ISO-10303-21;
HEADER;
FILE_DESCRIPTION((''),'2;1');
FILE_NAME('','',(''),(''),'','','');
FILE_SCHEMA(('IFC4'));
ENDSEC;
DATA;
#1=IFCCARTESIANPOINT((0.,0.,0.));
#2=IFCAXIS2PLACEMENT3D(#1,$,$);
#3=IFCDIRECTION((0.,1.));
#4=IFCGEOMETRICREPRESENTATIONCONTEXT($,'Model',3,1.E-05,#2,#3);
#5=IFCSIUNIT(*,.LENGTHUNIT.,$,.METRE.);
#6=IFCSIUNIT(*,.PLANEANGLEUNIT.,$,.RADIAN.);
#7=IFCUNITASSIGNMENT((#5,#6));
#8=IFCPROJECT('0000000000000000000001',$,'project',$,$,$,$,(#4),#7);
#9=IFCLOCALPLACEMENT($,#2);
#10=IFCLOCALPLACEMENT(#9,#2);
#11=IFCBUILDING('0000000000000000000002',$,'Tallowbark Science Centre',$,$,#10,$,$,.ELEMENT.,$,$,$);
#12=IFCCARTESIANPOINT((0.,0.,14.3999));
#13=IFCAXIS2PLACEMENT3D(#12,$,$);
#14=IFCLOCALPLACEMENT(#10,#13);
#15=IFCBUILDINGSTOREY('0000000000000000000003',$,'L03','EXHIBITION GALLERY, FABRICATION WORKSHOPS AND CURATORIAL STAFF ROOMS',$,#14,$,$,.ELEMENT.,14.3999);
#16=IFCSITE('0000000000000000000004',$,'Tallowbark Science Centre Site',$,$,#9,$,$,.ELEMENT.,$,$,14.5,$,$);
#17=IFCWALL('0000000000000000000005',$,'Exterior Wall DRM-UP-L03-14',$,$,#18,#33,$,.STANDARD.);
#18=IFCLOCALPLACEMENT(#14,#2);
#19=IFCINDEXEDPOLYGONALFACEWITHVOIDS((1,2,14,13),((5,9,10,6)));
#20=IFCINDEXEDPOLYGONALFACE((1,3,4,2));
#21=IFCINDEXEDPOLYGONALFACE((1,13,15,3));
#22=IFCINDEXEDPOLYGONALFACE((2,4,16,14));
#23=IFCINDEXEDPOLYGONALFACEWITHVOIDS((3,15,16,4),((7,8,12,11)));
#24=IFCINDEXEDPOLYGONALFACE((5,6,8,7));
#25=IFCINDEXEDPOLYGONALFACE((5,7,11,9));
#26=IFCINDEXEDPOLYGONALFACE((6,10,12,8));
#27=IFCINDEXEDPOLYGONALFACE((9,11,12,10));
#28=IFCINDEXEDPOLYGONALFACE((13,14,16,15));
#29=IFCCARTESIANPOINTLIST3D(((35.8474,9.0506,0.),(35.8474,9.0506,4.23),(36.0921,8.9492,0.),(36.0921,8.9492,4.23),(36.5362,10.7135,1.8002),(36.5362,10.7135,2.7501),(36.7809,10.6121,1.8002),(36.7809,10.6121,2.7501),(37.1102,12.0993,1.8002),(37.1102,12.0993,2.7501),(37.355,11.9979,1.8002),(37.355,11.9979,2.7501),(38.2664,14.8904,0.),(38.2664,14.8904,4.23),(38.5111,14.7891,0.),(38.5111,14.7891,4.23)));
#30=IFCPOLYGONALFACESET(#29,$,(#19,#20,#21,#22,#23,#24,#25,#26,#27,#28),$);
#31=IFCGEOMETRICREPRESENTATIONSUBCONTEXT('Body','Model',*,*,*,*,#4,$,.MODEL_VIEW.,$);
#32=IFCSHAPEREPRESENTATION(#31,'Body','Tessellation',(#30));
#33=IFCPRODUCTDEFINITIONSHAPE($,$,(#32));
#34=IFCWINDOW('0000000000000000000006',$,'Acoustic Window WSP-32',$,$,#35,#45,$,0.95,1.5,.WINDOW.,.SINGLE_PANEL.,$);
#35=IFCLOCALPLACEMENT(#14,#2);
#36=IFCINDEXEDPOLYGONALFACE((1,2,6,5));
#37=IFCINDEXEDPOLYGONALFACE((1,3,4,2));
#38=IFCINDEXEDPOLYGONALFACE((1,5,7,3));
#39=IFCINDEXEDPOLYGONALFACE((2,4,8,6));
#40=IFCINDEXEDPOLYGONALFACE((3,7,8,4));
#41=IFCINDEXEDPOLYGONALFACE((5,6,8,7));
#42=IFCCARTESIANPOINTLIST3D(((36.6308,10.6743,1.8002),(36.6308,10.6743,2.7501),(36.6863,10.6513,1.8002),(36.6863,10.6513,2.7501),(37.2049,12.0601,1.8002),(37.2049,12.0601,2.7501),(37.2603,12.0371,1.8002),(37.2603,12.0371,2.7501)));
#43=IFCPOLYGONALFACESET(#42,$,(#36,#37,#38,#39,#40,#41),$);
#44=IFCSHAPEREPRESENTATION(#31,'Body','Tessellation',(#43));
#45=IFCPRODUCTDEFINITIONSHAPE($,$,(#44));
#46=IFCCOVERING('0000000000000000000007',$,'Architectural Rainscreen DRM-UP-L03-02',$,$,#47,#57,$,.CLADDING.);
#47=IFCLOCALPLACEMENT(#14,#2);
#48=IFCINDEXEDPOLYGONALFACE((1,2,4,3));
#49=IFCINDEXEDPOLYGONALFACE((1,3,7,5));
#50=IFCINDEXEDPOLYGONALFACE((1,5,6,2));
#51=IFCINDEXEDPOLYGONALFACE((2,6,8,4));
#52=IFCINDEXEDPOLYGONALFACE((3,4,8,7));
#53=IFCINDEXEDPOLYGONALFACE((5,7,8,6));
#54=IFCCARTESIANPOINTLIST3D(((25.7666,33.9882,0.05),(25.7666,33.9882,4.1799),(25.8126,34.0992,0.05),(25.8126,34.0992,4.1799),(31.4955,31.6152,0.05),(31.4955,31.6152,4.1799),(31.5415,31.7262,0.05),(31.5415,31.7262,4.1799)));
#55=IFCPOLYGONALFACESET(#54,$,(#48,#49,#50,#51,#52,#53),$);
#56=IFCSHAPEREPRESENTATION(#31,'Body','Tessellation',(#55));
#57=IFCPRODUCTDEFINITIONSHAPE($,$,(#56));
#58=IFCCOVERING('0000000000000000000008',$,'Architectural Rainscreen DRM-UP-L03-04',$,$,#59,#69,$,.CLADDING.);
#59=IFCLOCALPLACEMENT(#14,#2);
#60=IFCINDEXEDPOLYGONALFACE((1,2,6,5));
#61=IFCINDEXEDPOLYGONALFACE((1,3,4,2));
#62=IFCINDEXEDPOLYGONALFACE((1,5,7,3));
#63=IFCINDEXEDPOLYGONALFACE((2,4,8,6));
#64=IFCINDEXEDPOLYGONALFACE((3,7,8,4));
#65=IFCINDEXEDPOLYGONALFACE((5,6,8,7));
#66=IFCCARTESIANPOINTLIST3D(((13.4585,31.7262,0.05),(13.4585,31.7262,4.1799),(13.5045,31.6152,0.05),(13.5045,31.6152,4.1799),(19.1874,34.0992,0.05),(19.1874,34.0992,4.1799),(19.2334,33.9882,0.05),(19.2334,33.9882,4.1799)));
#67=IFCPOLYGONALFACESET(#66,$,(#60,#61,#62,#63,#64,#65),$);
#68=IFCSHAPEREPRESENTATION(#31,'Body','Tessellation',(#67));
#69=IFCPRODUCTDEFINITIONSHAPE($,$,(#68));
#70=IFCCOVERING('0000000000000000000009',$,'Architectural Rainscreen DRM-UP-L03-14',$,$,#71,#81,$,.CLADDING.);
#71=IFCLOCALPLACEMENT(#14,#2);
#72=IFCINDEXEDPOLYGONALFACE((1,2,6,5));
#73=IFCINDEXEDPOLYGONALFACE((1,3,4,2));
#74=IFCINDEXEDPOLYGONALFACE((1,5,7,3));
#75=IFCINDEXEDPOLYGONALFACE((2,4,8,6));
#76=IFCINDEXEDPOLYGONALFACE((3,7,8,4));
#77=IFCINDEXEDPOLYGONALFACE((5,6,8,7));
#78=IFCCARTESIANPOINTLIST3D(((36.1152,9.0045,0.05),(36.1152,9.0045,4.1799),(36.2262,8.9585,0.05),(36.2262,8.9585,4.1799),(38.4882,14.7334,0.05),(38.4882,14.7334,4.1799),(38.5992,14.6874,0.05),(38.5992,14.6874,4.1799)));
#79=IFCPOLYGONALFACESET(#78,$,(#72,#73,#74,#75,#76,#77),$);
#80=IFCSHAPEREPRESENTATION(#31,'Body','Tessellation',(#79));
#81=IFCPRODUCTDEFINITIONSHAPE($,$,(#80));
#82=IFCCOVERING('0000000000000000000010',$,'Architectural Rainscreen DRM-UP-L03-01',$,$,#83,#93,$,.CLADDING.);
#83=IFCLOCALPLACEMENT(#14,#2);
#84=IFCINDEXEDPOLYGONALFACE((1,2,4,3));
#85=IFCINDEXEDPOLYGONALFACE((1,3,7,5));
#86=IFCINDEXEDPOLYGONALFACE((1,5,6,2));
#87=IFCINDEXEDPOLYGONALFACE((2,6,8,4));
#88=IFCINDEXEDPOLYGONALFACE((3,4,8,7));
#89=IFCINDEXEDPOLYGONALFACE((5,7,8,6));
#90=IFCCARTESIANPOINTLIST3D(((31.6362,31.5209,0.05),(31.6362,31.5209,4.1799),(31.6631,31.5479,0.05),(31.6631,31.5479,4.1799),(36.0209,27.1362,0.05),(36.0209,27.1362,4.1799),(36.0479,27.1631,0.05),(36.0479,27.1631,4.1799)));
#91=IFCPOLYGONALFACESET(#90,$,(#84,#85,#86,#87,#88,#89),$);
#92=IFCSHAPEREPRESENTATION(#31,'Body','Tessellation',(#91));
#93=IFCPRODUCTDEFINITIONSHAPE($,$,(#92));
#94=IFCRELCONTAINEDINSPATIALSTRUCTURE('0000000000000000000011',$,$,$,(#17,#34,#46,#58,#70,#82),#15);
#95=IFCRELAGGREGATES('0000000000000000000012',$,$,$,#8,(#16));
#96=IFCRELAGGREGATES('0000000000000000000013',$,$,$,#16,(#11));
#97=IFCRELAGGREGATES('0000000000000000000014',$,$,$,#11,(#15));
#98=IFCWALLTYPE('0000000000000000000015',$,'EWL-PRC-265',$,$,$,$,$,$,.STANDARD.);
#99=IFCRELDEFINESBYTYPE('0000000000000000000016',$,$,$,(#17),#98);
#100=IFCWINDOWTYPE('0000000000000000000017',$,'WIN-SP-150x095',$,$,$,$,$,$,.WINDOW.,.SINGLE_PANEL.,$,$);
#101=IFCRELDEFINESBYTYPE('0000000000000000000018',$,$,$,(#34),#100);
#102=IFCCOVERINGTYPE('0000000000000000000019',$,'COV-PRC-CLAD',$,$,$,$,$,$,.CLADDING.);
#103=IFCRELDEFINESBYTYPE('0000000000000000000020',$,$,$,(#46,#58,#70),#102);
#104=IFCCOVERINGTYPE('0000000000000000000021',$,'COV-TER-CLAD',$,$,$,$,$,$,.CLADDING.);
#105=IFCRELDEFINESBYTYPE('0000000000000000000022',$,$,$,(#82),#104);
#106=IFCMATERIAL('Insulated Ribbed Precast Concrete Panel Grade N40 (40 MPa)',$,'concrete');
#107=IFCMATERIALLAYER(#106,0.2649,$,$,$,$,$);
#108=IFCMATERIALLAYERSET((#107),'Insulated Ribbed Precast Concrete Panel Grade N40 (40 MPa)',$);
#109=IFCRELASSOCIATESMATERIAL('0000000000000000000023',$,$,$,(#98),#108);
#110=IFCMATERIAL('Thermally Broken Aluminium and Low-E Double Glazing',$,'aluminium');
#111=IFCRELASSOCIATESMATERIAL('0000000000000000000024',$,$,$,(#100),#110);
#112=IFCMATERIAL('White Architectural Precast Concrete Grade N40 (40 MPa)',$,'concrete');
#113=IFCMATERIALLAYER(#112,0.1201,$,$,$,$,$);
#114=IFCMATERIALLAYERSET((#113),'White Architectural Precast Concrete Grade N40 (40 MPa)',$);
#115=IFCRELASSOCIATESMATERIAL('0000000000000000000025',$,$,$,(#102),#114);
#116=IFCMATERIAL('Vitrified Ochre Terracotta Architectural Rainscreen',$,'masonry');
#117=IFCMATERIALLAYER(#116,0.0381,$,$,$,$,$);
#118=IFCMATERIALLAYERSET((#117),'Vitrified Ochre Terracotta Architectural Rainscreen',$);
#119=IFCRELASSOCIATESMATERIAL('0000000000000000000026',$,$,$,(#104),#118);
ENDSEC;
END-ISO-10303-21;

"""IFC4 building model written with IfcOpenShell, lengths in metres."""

from ifc_helpers import new_model, si_unit, direction, frame, frame_2d, origin, origin_2d, place, context, subcontext, project, spatial, rectangle, extrude, material, layer, layer_set, type_object, element, fill, save


model = new_model("IFC4")

# Units and contexts
model_context = context("Model", 3, precision=1e-05, world=origin(), true_north=direction((0.0, 1.0)))
body_context = subcontext(model_context, "Body", "Model", "MODEL_VIEW")
ifc_project = project(units=[si_unit("LENGTHUNIT", "METRE"), si_unit("PLANEANGLEUNIT", "RADIAN")], contexts=[model_context])

# Site, building, storey
site_placement = place(None, origin())
site = spatial("IfcSite", under=ifc_project, at=site_placement, Name="Tallowbark Science Centre Site", CompositionType="ELEMENT", RefElevation=14.5)
building_placement = place(site_placement, origin())
building = spatial("IfcBuilding", under=site, at=building_placement, Name="Tallowbark Science Centre", CompositionType="ELEMENT")
storey_placement = place(building_placement, frame((0.0, 0.0, 14.3999)))
storey = spatial("IfcBuildingStorey", under=building, at=storey_placement, Name="L03", Description="EXHIBITION GALLERY, FABRICATION WORKSHOPS AND CURATORIAL STAFF ROOMS", CompositionType="ELEMENT", Elevation=14.3999)

# Wall, opening, window
ifc_material_1 = material(Name="Insulated Ribbed Precast Concrete Panel Grade N40 (40 MPa)", Category="concrete")
ifc_layer_1 = layer(ifc_material_1, 0.2649)
ifc_layer_set_1 = layer_set([ifc_layer_1], Name="Insulated Ribbed Precast Concrete Panel Grade N40 (40 MPa)")
wall_type = type_object("IfcWallType", Name="EWL-PRC-265", PredefinedType="STANDARD", material=ifc_layer_set_1)
ifc_material_2 = material(Name="Thermally Broken Aluminium and Low-E Double Glazing", Category="aluminium")
wall_1_placement = place(storey_placement, frame((35.9697, 8.9998, 0.0), z_axis=(0.0, 0.0, 1.0), x_axis=(0.382684, 0.923879, 0.0)))
wall_1 = element("IfcWall", 1, at=wall_1_placement, inside=storey, type_object=wall_type, Name="Exterior Wall DRM-UP-L03-14", PredefinedType="STANDARD", context=body_context, shape_type="SweptSolid", body=[
    extrude(rectangle(XDim=6.321, YDim=0.2649, at=frame_2d((3.1606, 0.0))), origin(), (0.0, 0.0, 1.0), 4.23),
])
opening_1_placement = place(wall_1_placement, frame((1.8, 0.0, 1.8)))
opening_1 = element("IfcOpeningElement", 2, at=opening_1_placement, cuts=wall_1, PredefinedType="OPENING", context=body_context, shape_type="SweptSolid", body=[
    extrude(rectangle(XDim=1.5, YDim=0.95, at=frame_2d((0.75, 0.4751))), frame((0.0, 0.1426, 0.0), z_axis=(0.0, -1.0, 0.0), x_axis=(1.0, 0.0, 0.0)), (0.0, 0.0, 1.0), 0.2849),
])
window_type_1 = type_object("IfcWindowType", Name="WIN-SP-150x095", PartitioningType="SINGLE_PANEL", PredefinedType="WINDOW", material=ifc_material_2)
window_1_placement = place(opening_1_placement, origin())
window_1 = element("IfcWindow", 3, at=window_1_placement, inside=storey, type_object=window_type_1, Name="Acoustic Window WSP-32", OverallHeight=0.95, OverallWidth=1.5, PartitioningType="SINGLE_PANEL", PredefinedType="WINDOW", context=body_context, shape_type="SweptSolid", body=[
    extrude(rectangle(XDim=1.5, YDim=0.95, at=frame_2d((0.75, 0.4751))), frame((0.0, 0.03, 0.0), z_axis=(0.0, -1.0, 0.0), x_axis=(1.0, 0.0, 0.0)), (0.0, 0.0, 1.0), 0.0601),
])
fill(opening_1, window_1)

# Coverings
ifc_material_3 = material(Name="White Architectural Precast Concrete Grade N40 (40 MPa)", Category="concrete")
ifc_layer_2 = layer(ifc_material_3, 0.1201)
ifc_layer_set_2 = layer_set([ifc_layer_2], Name="White Architectural Precast Concrete Grade N40 (40 MPa)")
covering_type_1 = type_object("IfcCoveringType", Name="COV-PRC-CLAD", PredefinedType="CLADDING", material=ifc_layer_set_2)
for number, where, z_axis, x_axis, name in (
    (4, (28.6541, 32.8572, 0.05), (0.0, 0.0, 1.0), (-0.92388, 0.382683, 0.0), "Architectural Rainscreen DRM-UP-L03-02"),
    (5, (16.3459, 32.8572, 0.05), (0.0, 0.0, 1.0), (-0.92388, -0.382683, 0.0), "Architectural Rainscreen DRM-UP-L03-04"),
    (6, (37.3572, 11.8459, 0.05), (0.0, 0.0, 1.0), (0.382683, 0.92388, 0.0), "Architectural Rainscreen DRM-UP-L03-14"),
):
    element("IfcCovering", number, at=place(storey_placement, frame(where, z_axis=z_axis, x_axis=x_axis)), inside=storey, type_object=covering_type_1, Name=name, PredefinedType="CLADDING", context=body_context, shape_type="SweptSolid", body=[
        extrude(rectangle(XDim=6.2009, YDim=0.1201, at=origin_2d()), origin(), (0.0, 0.0, 1.0), 4.1299),
    ])
ifc_material_4 = material(Name="Vitrified Ochre Terracotta Architectural Rainscreen", Category="masonry")
ifc_layer_3 = layer(ifc_material_4, 0.0381)
ifc_layer_set_3 = layer_set([ifc_layer_3], Name="Vitrified Ochre Terracotta Architectural Rainscreen")
covering_type_2 = type_object("IfcCoveringType", Name="COV-TER-CLAD", PredefinedType="CLADDING", material=ifc_layer_set_3)
covering_placement = place(storey_placement, frame((33.842, 29.342, 0.05), z_axis=(0.0, 0.0, 1.0), x_axis=(-0.707107, 0.707107, 0.0)))
element("IfcCovering", 7, at=covering_placement, inside=storey, type_object=covering_type_2, Name="Architectural Rainscreen DRM-UP-L03-01", PredefinedType="CLADDING", context=body_context, shape_type="SweptSolid", body=[
    extrude(rectangle(XDim=6.2009, YDim=0.0381, at=origin_2d()), origin(), (0.0, 0.0, 1.0), 4.1299),
])

save(model, "model.ifc")
